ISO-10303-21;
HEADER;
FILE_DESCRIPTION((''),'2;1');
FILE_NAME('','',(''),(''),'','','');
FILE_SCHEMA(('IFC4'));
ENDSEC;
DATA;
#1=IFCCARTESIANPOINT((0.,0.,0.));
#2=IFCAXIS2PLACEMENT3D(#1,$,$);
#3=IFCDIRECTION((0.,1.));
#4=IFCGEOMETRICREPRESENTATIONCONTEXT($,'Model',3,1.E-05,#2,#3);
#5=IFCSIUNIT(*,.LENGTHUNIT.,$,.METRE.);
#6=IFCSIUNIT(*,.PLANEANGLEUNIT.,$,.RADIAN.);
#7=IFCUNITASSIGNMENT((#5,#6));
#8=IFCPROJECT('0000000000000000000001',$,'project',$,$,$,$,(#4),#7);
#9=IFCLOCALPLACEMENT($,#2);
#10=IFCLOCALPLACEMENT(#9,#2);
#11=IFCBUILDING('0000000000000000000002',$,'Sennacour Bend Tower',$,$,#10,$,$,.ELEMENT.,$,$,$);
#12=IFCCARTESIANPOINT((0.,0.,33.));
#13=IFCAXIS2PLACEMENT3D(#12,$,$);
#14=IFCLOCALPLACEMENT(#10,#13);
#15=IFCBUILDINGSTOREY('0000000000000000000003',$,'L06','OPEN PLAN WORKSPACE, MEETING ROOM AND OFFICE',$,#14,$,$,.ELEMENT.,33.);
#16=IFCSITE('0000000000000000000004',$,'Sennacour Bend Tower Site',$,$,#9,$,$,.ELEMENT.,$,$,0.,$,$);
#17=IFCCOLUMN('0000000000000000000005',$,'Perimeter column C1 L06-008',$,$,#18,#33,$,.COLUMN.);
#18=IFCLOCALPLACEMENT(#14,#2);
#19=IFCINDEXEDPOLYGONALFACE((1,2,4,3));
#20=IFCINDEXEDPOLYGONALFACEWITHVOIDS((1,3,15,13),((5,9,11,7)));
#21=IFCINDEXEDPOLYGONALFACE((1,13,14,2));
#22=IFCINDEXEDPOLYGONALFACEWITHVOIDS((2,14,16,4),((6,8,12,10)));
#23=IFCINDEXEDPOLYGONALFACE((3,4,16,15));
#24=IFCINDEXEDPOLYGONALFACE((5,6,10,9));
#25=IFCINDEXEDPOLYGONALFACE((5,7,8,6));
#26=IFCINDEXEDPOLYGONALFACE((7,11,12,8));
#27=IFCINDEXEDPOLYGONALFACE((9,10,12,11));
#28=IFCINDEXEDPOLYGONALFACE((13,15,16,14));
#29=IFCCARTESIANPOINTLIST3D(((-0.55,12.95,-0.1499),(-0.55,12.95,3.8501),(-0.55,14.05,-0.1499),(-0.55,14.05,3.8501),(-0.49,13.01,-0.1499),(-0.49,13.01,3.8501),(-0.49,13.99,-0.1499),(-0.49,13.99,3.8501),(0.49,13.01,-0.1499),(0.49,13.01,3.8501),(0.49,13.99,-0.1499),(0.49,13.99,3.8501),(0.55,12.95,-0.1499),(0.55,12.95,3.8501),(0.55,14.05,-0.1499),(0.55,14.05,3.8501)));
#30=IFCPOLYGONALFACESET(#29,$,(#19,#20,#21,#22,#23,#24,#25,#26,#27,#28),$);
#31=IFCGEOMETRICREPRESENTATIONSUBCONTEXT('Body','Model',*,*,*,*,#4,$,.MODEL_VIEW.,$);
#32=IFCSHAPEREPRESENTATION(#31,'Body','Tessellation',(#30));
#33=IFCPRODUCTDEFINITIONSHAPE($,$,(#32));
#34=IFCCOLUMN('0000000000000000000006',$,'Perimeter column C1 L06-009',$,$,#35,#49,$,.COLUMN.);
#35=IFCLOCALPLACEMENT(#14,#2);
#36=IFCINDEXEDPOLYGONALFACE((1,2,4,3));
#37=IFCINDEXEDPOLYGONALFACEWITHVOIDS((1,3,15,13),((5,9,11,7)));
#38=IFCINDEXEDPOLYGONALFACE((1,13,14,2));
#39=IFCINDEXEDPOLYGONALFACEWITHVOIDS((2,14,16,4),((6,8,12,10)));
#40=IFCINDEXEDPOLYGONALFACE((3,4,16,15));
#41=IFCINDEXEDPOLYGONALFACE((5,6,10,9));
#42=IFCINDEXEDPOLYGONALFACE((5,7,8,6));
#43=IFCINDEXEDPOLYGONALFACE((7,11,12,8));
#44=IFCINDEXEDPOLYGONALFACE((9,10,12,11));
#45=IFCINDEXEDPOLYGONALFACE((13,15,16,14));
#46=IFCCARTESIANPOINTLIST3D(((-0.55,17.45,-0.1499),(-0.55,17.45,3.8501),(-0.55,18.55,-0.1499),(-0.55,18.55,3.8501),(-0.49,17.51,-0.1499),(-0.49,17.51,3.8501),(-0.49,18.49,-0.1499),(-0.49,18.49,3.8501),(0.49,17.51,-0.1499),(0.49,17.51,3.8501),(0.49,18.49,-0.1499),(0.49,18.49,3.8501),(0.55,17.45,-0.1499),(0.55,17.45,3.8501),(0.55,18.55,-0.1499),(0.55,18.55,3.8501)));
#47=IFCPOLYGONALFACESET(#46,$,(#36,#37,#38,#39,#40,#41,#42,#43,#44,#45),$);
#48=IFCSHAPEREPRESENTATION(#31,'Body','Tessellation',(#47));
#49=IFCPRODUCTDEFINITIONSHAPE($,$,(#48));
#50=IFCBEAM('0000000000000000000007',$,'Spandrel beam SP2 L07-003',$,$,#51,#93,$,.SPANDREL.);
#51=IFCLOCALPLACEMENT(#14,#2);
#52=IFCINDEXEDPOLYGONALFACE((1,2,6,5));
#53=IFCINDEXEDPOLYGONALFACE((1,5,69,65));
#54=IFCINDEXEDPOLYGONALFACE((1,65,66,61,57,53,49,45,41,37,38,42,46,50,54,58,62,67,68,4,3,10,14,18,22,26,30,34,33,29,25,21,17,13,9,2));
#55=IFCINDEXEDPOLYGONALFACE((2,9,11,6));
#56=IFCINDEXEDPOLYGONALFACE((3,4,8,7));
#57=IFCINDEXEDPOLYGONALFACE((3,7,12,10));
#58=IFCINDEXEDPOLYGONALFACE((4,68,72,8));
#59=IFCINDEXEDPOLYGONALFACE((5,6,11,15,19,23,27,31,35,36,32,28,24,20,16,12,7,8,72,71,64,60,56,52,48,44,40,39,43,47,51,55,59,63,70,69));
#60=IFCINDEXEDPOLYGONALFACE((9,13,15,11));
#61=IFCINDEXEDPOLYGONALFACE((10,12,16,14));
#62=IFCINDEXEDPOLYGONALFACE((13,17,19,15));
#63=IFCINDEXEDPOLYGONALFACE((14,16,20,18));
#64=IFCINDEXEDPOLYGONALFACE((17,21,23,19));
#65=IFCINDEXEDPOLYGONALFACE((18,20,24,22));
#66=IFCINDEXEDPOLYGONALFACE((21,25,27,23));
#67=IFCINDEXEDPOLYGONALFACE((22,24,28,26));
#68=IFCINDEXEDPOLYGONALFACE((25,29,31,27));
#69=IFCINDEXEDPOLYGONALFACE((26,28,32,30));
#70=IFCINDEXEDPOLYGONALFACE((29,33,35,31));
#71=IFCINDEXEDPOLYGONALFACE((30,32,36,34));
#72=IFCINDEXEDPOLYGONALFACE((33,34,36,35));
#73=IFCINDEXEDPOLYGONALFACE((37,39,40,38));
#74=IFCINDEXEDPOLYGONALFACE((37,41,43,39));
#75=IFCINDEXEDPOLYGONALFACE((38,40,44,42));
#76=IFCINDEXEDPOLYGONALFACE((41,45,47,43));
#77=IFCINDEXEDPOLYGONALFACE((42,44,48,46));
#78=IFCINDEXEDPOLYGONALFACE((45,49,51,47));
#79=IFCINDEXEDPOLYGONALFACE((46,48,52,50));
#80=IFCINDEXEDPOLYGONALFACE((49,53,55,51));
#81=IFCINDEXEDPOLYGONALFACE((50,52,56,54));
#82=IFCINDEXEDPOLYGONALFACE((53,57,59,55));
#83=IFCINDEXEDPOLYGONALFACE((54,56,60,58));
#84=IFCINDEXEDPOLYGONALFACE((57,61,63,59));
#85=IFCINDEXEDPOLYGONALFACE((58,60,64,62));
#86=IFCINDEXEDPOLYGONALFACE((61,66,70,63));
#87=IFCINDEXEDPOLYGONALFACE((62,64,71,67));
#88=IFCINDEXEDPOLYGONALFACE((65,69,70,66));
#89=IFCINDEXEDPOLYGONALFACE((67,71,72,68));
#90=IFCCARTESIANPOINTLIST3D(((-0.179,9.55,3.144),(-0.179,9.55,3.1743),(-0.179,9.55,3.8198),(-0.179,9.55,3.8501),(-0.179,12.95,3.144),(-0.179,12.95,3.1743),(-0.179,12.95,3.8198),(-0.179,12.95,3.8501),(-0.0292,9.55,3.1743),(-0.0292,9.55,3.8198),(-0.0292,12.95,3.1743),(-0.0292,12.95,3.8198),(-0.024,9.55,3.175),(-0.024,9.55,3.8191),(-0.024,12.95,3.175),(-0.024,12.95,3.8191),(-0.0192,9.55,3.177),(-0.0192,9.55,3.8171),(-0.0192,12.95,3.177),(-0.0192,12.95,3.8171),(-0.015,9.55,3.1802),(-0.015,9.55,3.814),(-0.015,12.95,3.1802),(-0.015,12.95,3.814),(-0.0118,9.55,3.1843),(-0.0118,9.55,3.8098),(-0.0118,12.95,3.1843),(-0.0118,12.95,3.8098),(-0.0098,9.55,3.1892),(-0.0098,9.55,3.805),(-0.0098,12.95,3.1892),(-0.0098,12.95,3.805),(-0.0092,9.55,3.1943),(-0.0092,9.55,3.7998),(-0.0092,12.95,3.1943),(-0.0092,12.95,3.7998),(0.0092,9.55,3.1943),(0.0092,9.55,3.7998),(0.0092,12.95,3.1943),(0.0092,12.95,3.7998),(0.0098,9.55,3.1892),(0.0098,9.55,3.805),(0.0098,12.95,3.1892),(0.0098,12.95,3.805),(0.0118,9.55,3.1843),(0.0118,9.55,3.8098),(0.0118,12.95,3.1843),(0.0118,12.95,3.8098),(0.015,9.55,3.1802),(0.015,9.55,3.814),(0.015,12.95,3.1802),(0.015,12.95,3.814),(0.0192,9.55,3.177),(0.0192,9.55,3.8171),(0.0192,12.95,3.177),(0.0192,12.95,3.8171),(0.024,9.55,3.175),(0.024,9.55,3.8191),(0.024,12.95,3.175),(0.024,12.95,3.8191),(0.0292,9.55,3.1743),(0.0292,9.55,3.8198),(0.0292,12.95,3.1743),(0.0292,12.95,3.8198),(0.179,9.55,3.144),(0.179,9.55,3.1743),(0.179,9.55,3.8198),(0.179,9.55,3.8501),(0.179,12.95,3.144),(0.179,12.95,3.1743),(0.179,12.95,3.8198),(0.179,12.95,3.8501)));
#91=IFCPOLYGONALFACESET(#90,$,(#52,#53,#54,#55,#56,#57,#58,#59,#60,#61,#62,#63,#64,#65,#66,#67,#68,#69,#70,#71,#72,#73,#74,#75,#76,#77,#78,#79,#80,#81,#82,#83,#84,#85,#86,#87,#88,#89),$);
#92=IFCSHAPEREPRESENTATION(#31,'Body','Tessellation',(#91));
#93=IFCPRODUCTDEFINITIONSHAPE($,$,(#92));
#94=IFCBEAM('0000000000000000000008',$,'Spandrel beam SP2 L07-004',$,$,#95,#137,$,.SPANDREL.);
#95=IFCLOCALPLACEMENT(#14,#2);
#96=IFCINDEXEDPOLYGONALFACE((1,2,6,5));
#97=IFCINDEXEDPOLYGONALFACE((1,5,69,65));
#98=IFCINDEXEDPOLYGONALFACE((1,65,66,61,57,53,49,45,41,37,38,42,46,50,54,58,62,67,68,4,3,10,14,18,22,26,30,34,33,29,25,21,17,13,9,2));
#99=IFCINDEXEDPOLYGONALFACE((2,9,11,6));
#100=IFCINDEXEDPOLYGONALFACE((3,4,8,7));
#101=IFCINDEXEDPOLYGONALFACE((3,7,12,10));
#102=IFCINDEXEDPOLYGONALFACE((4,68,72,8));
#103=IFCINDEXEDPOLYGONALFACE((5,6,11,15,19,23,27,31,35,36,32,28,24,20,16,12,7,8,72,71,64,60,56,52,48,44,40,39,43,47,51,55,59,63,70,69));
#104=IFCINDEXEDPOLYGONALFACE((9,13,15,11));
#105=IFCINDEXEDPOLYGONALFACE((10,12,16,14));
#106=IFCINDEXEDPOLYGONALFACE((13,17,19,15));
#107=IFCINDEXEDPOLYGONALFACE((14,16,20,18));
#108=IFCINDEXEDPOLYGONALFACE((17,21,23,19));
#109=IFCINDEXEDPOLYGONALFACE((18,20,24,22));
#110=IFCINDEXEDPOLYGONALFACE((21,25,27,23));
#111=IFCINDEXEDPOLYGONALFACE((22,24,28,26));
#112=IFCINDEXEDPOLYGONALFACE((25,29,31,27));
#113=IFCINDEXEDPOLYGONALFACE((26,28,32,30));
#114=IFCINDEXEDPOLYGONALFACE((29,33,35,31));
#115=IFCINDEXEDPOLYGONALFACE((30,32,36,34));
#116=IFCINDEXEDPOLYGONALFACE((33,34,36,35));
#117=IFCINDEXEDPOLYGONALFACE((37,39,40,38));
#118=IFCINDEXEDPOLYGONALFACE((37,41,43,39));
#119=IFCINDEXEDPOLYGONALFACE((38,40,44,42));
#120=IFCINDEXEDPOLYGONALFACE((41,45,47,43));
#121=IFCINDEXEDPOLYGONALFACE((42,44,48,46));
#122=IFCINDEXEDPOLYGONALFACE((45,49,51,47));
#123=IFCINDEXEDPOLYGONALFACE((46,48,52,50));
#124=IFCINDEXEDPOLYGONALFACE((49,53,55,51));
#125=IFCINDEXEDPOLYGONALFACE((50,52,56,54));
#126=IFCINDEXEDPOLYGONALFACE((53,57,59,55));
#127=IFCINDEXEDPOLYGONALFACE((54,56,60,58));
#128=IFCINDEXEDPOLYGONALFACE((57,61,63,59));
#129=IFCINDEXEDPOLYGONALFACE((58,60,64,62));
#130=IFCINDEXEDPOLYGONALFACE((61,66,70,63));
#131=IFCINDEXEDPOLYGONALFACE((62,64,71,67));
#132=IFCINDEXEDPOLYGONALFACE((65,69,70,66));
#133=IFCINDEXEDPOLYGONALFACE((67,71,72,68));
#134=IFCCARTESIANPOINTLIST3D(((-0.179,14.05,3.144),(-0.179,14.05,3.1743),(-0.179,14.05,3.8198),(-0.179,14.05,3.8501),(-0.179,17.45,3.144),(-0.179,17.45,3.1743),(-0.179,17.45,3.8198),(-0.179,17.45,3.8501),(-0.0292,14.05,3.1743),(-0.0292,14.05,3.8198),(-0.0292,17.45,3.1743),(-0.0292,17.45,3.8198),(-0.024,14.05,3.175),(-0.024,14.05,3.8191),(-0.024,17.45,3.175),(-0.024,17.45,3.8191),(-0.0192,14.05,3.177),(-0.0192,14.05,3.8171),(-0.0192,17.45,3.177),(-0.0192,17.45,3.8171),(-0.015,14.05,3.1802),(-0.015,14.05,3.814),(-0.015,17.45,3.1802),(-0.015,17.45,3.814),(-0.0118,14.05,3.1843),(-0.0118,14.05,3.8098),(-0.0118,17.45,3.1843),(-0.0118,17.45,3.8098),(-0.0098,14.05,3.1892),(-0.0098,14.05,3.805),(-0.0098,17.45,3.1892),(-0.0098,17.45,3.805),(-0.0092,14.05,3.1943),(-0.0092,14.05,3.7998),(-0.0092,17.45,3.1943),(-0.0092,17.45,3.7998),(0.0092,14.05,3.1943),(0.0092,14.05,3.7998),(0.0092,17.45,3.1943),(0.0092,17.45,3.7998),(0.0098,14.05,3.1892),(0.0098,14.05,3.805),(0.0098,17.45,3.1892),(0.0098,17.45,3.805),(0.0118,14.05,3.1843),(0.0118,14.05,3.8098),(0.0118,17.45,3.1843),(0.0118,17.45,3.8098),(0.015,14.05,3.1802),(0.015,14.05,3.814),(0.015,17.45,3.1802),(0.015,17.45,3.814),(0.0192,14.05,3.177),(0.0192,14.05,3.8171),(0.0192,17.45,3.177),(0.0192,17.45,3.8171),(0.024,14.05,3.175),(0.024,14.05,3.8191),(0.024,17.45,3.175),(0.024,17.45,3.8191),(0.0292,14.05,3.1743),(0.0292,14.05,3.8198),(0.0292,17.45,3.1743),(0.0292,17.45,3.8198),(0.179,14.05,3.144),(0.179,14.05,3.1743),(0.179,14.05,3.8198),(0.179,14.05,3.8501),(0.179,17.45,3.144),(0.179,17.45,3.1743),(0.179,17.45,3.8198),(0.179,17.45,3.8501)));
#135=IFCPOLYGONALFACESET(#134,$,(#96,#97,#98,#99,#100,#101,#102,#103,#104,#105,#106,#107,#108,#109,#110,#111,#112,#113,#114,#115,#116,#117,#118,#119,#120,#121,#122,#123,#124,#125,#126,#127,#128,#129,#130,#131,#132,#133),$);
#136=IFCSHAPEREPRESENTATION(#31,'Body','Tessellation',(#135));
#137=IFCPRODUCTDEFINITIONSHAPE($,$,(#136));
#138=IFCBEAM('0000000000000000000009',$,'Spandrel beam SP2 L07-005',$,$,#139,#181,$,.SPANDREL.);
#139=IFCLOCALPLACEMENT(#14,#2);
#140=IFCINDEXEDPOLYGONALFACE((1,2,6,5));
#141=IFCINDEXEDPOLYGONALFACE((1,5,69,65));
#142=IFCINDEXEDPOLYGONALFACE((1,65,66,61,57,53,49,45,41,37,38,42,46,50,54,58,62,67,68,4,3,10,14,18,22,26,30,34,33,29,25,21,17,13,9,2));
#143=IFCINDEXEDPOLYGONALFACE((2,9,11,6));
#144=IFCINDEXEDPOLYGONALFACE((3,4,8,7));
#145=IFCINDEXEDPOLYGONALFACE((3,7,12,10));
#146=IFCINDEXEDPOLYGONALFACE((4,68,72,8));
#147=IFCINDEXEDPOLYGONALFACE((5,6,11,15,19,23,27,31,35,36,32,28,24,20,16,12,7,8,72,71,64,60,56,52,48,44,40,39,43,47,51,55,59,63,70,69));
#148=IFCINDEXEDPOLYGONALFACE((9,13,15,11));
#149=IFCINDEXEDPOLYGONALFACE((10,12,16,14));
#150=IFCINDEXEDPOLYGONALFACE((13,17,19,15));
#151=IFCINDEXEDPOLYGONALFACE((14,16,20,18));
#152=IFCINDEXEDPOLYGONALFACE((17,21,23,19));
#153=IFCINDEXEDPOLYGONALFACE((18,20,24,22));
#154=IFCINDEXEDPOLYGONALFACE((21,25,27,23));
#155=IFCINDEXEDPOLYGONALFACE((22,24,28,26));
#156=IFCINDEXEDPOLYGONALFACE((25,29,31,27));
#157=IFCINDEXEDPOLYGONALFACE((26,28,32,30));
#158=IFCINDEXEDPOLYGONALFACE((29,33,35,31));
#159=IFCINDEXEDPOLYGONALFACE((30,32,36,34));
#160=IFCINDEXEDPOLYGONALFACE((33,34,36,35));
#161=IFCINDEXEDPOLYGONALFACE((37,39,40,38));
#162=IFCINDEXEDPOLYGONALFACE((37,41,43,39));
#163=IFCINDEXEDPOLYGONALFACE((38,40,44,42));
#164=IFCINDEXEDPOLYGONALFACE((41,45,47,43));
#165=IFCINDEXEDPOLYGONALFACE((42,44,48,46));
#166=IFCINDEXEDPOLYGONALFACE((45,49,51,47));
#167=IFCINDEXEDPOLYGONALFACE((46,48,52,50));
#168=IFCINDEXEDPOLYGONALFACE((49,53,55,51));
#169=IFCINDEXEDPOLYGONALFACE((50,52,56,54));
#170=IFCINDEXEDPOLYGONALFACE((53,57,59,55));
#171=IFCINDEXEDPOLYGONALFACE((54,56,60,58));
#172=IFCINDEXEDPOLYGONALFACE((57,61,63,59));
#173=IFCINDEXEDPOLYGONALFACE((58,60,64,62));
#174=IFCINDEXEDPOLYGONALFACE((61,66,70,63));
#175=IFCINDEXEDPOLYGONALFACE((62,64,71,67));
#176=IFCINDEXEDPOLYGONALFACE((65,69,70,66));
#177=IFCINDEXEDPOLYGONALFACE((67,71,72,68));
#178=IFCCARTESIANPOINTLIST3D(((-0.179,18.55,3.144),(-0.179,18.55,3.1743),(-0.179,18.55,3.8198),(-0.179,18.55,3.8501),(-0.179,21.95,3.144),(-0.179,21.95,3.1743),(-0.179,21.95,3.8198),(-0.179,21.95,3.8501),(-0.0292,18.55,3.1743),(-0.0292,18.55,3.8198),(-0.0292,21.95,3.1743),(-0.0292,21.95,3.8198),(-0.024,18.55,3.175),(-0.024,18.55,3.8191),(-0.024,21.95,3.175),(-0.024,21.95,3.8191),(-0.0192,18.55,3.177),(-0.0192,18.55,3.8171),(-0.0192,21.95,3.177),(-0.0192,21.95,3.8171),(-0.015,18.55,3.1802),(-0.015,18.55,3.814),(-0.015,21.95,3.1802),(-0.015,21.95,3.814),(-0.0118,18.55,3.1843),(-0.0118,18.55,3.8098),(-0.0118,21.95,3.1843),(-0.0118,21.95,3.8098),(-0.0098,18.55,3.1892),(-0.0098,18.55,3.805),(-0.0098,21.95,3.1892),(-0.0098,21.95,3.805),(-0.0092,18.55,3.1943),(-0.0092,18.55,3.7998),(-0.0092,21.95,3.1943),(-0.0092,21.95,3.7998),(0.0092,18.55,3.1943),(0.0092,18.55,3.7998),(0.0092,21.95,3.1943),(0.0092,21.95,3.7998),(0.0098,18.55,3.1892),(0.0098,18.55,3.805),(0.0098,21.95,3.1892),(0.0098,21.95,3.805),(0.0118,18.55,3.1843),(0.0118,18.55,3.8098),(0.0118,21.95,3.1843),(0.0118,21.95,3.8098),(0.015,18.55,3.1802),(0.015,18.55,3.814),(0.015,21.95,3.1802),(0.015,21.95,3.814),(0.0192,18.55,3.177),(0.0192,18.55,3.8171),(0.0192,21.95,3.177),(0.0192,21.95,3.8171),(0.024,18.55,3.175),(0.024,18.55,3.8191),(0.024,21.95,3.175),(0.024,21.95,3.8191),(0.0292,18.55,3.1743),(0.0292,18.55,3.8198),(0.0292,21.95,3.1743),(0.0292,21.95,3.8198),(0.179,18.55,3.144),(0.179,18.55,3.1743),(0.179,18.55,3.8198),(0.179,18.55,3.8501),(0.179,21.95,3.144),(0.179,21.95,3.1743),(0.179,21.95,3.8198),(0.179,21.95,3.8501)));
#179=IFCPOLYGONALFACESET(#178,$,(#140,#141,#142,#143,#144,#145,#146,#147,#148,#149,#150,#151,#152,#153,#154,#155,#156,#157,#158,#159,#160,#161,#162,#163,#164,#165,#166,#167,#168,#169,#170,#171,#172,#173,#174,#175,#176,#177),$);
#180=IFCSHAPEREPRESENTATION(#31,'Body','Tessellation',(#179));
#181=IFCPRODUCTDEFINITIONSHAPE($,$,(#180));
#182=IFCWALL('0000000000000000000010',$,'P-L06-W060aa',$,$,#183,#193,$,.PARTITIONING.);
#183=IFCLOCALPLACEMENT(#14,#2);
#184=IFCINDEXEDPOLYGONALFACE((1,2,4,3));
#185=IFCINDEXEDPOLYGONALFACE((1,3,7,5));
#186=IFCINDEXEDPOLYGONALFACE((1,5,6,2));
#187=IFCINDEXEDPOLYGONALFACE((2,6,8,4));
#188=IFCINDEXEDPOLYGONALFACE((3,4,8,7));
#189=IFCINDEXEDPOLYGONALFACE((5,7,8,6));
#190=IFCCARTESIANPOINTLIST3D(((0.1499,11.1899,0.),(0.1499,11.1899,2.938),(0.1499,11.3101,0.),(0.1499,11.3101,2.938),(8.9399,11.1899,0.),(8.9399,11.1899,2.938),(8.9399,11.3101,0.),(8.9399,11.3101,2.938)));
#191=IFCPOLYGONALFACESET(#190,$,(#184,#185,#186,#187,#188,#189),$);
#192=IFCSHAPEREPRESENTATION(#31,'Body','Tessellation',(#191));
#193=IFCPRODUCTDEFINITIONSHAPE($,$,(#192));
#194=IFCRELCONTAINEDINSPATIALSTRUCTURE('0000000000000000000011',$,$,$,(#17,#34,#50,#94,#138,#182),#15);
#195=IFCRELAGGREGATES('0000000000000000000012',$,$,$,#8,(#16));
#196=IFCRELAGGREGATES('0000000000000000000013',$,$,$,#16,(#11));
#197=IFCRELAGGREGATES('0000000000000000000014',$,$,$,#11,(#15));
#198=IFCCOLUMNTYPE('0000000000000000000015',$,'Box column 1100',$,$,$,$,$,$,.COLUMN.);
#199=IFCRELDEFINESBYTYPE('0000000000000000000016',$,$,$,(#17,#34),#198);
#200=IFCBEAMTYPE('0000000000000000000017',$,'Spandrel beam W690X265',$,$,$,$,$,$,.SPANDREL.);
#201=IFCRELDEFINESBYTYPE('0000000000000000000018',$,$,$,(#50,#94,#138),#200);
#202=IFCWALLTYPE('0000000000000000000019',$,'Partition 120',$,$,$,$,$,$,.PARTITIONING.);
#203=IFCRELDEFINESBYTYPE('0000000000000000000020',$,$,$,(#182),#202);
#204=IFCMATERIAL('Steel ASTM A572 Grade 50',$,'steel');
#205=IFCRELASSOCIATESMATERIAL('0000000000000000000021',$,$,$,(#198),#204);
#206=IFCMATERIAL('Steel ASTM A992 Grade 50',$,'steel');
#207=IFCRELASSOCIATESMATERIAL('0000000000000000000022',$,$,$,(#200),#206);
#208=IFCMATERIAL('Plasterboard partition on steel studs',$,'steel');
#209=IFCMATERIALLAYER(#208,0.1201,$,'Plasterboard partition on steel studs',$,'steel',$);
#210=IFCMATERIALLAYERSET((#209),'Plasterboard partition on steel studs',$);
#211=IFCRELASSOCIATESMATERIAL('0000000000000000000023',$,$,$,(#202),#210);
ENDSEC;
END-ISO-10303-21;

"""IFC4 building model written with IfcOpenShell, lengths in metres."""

from ifc_helpers import new_model, si_unit, direction, frame, frame_2d, origin, origin_2d, place, context, subcontext, project, spatial, rectangle, hollow_rectangle, i_section, extrude, material, layer, layer_set, material_profile, profile_set, type_object, element, save


model = new_model("IFC4")

# Units and contexts
model_context = context("Model", 3, precision=1e-05, world=origin(), true_north=direction((0.0, 1.0)))
body_context = subcontext(model_context, "Body", "Model", "MODEL_VIEW")
ifc_project = project(units=[si_unit("LENGTHUNIT", "METRE"), si_unit("PLANEANGLEUNIT", "RADIAN")], contexts=[model_context])

# Site, building, storey
site_placement = place(None, origin())
site = spatial("IfcSite", under=ifc_project, at=site_placement, Name="Sennacour Bend Tower Site", CompositionType="ELEMENT", RefElevation=0.0)
building_placement = place(site_placement, origin())
building = spatial("IfcBuilding", under=site, at=building_placement, Name="Sennacour Bend Tower", CompositionType="ELEMENT")
storey_placement = place(building_placement, frame((0.0, 0.0, 33.0)))
storey = spatial("IfcBuildingStorey", under=building, at=storey_placement, Name="L06", Description="OPEN PLAN WORKSPACE, MEETING ROOM AND OFFICE", CompositionType="ELEMENT", Elevation=33.0)

# Columns
ifc_material_1 = material(Name="Steel ASTM A572 Grade 50", Category="steel")
ifc_material_profile_1 = material_profile(ifc_material_1, hollow_rectangle(XDim=1.1001, YDim=1.1001, WallThickness=0.0601, at=origin_2d()), Name="Steel ASTM A572 Grade 50", Category="steel")
ifc_profile_set_1 = profile_set([ifc_material_profile_1], Name="Steel ASTM A572 Grade 50")
column_type = type_object("IfcColumnType", Name="Box column 1100", PredefinedType="COLUMN", material=ifc_profile_set_1)
for number, where, z_axis, x_axis, name in (
    (1, (0.0, 13.5, -0.1499), (0.0, 0.0, 1.0), (1.0, 0.0, 0.0), "Perimeter column C1 L06-008"),
    (2, (0.0, 18.0, -0.1499), (0.0, 0.0, 1.0), (1.0, 0.0, 0.0), "Perimeter column C1 L06-009"),
):
    element("IfcColumn", number, at=place(storey_placement, frame(where, z_axis=z_axis, x_axis=x_axis)), inside=storey, type_object=column_type, Name=name, PredefinedType="COLUMN", context=body_context, shape_type="SweptSolid", body=[
        extrude(hollow_rectangle(XDim=1.1001, YDim=1.1001, WallThickness=0.0601, at=origin_2d()), origin(), (0.0, 0.0, 1.0), 4.0),
    ])

# Beams
ifc_material_2 = material(Name="Steel ASTM A992 Grade 50", Category="steel")
ifc_material_profile_2 = material_profile(ifc_material_2, i_section(OverallWidth=0.3579, OverallDepth=0.7061, WebThickness=0.0183, FlangeThickness=0.0303, FilletRadius=0.02, at=origin_2d()), Name="Steel ASTM A992 Grade 50", Category="steel")
ifc_profile_set_2 = profile_set([ifc_material_profile_2], Name="Steel ASTM A992 Grade 50")
beam_type = type_object("IfcBeamType", Name="Spandrel beam W690X265", PredefinedType="SPANDREL", material=ifc_profile_set_2)
for number, where, z_axis, x_axis, name in (
    (3, (0.0, 9.55, 3.4971), (0.0, 1.0, 0.0), (-1.0, 0.0, 0.0), "Spandrel beam SP2 L07-003"),
    (4, (0.0, 14.05, 3.4971), (0.0, 1.0, 0.0), (-1.0, 0.0, 0.0), "Spandrel beam SP2 L07-004"),
    (5, (0.0, 18.55, 3.4971), (0.0, 1.0, 0.0), (-1.0, 0.0, 0.0), "Spandrel beam SP2 L07-005"),
):
    element("IfcBeam", number, at=place(storey_placement, frame(where, z_axis=z_axis, x_axis=x_axis)), inside=storey, type_object=beam_type, Name=name, PredefinedType="SPANDREL", context=body_context, shape_type="SweptSolid", body=[
        extrude(i_section(OverallWidth=0.3579, OverallDepth=0.7061, WebThickness=0.0183, FlangeThickness=0.0303, FilletRadius=0.02, at=origin_2d()), origin(), (0.0, 0.0, 1.0), 3.3999),
    ])

# Wall
ifc_material_3 = material(Name="Plasterboard partition on steel studs", Category="steel")
ifc_layer_1 = layer(ifc_material_3, 0.1201, Name="Plasterboard partition on steel studs", Category="steel")
ifc_layer_set_1 = layer_set([ifc_layer_1], Name="Plasterboard partition on steel studs")
wall_type_1 = type_object("IfcWallType", Name="Partition 120", PredefinedType="PARTITIONING", material=ifc_layer_set_1)
wall_1_placement = place(storey_placement, frame((0.1499, 11.25, 0.0), z_axis=(0.0, 0.0, 1.0), x_axis=(1.0, 0.0, 0.0)))
element("IfcWall", 6, at=wall_1_placement, inside=storey, type_object=wall_type_1, Name="P-L06-W060aa", PredefinedType="PARTITIONING", context=body_context, shape_type="SweptSolid", body=[
    extrude(rectangle(XDim=8.79, YDim=0.1201, at=frame_2d((4.395, 0.0))), origin(), (0.0, 0.0, 1.0), 2.938),
])

save(model, "model.ifc")
